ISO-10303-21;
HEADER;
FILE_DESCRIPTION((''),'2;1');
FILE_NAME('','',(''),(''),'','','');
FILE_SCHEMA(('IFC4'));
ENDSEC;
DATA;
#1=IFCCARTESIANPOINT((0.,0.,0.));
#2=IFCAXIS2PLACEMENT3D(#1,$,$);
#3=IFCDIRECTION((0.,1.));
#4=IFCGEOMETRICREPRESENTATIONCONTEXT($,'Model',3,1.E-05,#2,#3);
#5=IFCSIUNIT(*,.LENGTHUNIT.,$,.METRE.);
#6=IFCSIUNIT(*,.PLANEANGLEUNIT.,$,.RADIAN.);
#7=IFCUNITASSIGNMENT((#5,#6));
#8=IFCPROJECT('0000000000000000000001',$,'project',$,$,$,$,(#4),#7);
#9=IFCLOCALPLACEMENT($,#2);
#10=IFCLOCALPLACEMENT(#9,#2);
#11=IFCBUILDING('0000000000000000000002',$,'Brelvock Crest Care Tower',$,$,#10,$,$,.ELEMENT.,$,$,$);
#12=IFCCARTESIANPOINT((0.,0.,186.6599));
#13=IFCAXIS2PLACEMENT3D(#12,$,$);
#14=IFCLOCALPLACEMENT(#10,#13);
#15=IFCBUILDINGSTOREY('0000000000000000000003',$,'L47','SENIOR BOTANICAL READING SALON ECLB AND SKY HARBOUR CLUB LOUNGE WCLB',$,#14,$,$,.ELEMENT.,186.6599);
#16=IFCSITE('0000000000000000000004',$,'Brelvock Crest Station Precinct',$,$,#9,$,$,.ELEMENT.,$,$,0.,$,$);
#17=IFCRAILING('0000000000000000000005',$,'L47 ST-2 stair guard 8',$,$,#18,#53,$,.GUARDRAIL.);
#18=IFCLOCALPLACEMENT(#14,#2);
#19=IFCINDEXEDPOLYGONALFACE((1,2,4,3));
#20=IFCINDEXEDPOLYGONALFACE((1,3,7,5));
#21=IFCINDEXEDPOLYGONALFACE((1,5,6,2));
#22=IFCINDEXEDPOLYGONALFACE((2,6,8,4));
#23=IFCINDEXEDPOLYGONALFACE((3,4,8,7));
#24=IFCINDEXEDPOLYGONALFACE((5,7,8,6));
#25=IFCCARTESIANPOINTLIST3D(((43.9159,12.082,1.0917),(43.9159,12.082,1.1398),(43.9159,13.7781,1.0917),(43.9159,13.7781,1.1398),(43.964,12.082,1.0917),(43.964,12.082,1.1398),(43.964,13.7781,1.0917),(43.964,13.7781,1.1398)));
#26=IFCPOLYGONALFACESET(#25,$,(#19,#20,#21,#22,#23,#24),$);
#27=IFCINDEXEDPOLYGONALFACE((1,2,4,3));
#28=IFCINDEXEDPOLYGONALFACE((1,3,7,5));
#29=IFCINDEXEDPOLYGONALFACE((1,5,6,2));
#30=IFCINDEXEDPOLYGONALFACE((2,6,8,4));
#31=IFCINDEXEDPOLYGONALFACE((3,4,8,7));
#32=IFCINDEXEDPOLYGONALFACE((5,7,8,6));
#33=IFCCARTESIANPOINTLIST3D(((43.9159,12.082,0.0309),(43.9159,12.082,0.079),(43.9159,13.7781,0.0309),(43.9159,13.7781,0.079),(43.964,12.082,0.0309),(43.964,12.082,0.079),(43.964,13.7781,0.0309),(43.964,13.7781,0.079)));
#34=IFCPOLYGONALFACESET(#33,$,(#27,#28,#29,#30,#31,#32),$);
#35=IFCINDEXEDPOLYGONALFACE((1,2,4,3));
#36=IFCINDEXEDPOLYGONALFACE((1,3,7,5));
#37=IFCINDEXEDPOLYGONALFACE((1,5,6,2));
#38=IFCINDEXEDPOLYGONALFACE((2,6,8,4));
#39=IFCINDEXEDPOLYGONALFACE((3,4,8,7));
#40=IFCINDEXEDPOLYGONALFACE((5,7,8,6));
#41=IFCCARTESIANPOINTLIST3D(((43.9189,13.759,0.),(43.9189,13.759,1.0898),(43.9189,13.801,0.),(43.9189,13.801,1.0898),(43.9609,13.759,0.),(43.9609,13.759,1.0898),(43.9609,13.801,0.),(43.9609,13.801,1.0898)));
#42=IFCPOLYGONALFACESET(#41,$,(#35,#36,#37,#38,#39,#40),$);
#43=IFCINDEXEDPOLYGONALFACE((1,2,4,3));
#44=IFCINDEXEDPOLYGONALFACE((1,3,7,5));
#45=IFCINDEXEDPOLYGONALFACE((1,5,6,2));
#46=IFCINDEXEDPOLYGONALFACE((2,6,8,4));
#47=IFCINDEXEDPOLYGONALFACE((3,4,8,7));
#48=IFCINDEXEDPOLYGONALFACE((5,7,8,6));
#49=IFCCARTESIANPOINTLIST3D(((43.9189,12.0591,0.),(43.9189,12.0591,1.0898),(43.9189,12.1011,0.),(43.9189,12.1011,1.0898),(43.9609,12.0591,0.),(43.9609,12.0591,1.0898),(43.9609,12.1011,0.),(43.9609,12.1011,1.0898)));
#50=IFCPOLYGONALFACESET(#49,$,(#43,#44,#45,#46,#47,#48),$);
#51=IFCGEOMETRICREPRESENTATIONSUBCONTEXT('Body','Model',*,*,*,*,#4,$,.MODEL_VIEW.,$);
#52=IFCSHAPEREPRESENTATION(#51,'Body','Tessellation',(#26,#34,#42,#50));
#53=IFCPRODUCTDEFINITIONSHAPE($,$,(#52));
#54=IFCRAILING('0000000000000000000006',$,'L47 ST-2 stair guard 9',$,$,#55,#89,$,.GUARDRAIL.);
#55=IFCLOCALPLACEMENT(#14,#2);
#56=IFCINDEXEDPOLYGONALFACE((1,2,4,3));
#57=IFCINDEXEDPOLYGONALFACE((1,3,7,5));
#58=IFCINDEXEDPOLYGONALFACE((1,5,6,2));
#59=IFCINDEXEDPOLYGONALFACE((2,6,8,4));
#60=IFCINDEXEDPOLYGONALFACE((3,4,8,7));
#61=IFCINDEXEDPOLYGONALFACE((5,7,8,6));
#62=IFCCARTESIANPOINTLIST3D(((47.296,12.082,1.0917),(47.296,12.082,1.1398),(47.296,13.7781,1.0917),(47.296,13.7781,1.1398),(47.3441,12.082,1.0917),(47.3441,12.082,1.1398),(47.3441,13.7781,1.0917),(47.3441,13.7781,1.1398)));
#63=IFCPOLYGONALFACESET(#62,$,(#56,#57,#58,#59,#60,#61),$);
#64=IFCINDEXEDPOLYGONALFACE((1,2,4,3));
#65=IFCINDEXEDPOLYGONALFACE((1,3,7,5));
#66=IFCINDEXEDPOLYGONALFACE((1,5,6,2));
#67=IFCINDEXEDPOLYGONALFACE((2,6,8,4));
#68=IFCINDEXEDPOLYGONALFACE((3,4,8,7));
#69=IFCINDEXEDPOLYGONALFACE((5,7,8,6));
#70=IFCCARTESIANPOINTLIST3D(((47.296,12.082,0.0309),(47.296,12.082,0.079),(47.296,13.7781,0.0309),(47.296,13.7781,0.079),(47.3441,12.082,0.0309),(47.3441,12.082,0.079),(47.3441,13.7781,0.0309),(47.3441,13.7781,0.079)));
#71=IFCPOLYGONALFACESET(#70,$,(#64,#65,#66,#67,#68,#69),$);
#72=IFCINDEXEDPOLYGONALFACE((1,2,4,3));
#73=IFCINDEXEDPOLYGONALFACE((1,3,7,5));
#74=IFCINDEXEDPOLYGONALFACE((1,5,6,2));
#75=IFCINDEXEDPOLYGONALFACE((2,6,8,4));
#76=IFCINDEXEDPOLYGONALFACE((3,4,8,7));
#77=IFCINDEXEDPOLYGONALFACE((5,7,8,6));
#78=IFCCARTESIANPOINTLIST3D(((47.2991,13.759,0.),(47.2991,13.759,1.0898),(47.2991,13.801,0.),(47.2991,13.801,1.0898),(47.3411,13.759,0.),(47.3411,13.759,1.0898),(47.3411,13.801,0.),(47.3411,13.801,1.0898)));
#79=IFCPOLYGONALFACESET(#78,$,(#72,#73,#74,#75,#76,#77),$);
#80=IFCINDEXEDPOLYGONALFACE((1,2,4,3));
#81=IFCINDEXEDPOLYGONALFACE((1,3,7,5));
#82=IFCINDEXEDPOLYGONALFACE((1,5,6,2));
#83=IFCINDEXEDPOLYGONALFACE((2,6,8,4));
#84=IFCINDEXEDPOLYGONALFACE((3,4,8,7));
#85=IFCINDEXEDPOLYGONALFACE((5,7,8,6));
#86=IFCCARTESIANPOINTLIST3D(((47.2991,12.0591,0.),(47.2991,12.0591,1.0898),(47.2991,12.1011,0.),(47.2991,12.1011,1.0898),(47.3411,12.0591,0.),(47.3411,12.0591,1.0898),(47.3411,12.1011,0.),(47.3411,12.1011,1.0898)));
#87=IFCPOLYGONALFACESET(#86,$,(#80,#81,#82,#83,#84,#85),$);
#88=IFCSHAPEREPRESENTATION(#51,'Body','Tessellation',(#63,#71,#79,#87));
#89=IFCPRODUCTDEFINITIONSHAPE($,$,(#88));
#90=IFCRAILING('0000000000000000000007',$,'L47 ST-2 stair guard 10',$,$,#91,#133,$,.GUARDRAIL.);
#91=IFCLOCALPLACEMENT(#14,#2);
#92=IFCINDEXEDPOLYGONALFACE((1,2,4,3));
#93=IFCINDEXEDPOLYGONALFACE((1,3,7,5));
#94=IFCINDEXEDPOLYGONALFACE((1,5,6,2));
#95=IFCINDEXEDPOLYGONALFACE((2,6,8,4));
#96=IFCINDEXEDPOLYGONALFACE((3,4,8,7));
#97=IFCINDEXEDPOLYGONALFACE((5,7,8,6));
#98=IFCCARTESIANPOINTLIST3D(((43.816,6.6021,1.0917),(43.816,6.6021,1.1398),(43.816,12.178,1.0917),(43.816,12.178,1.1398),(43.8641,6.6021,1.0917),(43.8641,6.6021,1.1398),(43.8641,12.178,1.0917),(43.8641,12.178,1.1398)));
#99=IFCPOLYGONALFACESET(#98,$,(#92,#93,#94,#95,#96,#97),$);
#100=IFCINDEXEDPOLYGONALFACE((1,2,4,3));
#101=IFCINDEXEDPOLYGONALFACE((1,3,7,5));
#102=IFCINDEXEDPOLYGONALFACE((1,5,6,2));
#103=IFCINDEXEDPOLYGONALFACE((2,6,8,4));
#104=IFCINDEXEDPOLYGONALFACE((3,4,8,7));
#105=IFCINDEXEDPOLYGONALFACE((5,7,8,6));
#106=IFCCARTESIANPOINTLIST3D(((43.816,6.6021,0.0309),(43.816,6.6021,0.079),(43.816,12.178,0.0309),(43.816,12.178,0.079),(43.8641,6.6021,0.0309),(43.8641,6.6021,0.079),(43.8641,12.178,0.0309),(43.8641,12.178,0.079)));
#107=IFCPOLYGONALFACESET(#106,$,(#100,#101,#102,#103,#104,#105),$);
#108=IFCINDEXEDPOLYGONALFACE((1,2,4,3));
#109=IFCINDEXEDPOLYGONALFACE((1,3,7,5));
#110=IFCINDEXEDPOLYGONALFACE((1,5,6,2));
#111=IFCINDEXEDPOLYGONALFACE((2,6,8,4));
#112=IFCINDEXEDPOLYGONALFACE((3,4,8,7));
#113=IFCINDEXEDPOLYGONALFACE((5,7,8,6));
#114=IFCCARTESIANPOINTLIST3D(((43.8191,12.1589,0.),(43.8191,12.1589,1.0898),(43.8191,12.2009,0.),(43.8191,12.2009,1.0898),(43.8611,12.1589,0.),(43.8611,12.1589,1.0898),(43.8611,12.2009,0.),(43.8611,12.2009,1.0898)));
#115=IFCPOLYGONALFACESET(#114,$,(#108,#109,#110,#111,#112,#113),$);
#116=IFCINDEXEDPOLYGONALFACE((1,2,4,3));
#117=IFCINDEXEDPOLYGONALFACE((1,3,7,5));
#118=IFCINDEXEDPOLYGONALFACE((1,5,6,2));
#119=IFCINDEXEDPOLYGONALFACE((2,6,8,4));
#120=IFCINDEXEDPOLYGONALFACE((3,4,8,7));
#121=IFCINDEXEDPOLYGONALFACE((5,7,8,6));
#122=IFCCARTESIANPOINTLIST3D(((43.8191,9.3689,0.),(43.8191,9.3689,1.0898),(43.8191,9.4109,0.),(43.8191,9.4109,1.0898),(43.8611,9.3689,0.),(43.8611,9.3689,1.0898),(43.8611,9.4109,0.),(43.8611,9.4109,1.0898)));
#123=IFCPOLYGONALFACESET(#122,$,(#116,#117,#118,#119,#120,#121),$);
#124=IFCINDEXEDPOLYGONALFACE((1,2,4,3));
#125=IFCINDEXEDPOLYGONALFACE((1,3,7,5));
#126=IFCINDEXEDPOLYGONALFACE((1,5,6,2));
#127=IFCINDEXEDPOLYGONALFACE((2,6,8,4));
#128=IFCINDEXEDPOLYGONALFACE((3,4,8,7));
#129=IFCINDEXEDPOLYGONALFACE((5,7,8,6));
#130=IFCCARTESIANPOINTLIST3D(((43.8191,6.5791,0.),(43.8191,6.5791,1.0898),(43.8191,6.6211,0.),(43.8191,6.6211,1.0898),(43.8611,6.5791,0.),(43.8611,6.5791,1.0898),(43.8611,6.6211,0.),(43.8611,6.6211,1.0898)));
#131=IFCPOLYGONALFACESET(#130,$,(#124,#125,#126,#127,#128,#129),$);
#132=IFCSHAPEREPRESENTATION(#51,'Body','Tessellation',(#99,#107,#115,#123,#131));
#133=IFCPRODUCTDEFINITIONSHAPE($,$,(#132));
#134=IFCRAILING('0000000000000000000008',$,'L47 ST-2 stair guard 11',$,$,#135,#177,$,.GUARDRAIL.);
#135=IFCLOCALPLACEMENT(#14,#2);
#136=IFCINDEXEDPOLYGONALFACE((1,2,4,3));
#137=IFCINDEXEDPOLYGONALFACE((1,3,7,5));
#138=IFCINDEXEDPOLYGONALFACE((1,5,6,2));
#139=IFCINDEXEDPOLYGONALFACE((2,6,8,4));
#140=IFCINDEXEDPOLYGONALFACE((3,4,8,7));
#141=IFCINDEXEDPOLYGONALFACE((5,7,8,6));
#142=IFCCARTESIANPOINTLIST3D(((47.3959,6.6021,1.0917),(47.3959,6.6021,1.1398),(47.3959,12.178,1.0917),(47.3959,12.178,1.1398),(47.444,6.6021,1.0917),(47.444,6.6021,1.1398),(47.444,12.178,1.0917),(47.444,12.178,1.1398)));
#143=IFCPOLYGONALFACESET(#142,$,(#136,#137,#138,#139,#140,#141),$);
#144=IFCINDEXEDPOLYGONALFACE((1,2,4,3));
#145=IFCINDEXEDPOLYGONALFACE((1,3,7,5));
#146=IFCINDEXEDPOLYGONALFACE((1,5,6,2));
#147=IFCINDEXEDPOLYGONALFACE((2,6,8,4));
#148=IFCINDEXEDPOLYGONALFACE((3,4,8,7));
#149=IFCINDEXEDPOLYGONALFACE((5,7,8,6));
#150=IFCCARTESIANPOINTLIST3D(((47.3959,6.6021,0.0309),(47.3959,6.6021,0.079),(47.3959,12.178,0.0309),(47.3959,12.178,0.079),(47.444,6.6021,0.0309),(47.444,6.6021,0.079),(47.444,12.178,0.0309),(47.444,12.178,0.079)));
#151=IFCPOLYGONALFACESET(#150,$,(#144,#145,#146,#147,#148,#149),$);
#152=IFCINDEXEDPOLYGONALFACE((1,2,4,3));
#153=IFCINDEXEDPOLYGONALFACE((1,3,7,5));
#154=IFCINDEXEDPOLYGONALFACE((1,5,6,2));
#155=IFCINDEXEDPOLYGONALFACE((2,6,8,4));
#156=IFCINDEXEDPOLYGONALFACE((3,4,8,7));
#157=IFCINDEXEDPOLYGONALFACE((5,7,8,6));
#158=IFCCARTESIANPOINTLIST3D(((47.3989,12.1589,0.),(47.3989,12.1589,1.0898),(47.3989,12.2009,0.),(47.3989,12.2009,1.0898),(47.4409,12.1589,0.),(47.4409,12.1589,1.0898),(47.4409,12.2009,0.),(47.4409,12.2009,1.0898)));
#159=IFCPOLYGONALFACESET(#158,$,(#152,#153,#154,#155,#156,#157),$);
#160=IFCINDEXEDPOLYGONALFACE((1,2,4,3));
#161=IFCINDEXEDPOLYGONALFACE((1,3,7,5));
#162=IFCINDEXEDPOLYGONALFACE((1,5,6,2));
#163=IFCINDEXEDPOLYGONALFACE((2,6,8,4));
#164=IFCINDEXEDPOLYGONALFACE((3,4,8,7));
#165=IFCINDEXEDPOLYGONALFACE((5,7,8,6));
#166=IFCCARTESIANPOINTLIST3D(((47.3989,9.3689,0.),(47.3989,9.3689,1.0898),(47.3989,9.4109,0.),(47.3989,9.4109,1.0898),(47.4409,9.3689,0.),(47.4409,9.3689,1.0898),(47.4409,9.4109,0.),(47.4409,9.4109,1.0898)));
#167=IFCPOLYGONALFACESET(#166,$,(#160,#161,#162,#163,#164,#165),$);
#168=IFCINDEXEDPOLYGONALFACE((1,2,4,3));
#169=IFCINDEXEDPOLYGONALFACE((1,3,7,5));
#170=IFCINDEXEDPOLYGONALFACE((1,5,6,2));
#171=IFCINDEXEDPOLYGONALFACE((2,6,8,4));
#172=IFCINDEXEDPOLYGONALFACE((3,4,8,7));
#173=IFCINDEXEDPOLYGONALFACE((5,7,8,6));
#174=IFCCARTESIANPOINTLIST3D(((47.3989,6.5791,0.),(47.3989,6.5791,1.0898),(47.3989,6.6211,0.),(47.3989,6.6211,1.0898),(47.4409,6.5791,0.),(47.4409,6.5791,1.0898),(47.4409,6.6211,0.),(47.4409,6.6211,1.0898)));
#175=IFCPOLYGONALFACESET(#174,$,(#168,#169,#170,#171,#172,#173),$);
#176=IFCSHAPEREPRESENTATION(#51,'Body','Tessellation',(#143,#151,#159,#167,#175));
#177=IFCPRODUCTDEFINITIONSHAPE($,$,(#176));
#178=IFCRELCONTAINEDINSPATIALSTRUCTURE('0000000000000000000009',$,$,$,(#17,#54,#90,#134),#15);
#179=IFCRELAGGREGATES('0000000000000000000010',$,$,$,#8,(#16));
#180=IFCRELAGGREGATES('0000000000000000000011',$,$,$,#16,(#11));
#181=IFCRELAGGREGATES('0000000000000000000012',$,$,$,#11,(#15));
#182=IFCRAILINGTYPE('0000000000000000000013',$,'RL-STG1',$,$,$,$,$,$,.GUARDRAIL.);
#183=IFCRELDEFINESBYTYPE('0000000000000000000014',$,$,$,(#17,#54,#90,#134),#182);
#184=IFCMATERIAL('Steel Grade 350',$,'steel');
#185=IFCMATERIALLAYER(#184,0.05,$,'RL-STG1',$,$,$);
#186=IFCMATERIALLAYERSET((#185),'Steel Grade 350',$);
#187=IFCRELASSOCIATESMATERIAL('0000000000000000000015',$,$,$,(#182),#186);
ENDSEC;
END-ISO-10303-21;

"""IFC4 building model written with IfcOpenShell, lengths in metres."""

from ifc_helpers import new_model, si_unit, direction, frame, origin, origin_2d, place, context, subcontext, project, spatial, rectangle, extrude, material, layer, layer_set, type_object, element, save


model = new_model("IFC4")

# Units and contexts
model_context = context("Model", 3, precision=1e-05, world=origin(), true_north=direction((0.0, 1.0)))
body_context = subcontext(model_context, "Body", "Model", "MODEL_VIEW")
ifc_project = project(units=[si_unit("LENGTHUNIT", "METRE"), si_unit("PLANEANGLEUNIT", "RADIAN")], contexts=[model_context])

# Site, building, storey
site_placement = place(None, origin())
site = spatial("IfcSite", under=ifc_project, at=site_placement, Name="Brelvock Crest Station Precinct", CompositionType="ELEMENT", RefElevation=0.0)
building_placement = place(site_placement, origin())
building = spatial("IfcBuilding", under=site, at=building_placement, Name="Brelvock Crest Care Tower", CompositionType="ELEMENT")
storey_placement = place(building_placement, frame((0.0, 0.0, 186.6599)))
storey = spatial("IfcBuildingStorey", under=building, at=storey_placement, Name="L47", Description="SENIOR BOTANICAL READING SALON ECLB AND SKY HARBOUR CLUB LOUNGE WCLB", CompositionType="ELEMENT", Elevation=186.6599)

# Shared definitions
ifc_material_1 = material(Name="Steel Grade 350", Category="steel")

# Railings
ifc_layer_1 = layer(ifc_material_1, 0.05, Name="RL-STG1")
ifc_layer_set_1 = layer_set([ifc_layer_1], Name="Steel Grade 350")
railing_type = type_object("IfcRailingType", Name="RL-STG1", PredefinedType="GUARDRAIL", material=ifc_layer_set_1)
for number, where, name in (
    (1, (43.9399, 13.78, 0.0), "L47 ST-2 stair guard 8"),
    (2, (47.3201, 13.78, 0.0), "L47 ST-2 stair guard 9"),
):
    element("IfcRailing", number, at=place(storey_placement, frame(where)), inside=storey, type_object=railing_type, Name=name, PredefinedType="GUARDRAIL", context=body_context, shape_type="SweptSolid", body=[
        extrude(rectangle(XDim=0.0481, YDim=0.0481, at=origin_2d()), frame((0.0, -0.002, 1.1157), z_axis=(0.0, -1.0, 0.0), x_axis=(1.0, 0.0, 0.0)), (0.0, 0.0, 1.0), 1.696),
        extrude(rectangle(XDim=0.0481, YDim=0.0481, at=origin_2d()), frame((0.0, -0.002, 0.0549), z_axis=(0.0, -1.0, 0.0), x_axis=(1.0, 0.0, 0.0)), (0.0, 0.0, 1.0), 1.696),
        extrude(rectangle(XDim=0.042, YDim=0.042, at=origin_2d()), origin(), (0.0, 0.0, 1.0), 1.0898),
        extrude(rectangle(XDim=0.042, YDim=0.042, at=origin_2d()), frame((0.0, -1.7, 0.0)), (0.0, 0.0, 1.0), 1.0898),
    ])
for number, where, name in (
    (3, (43.8401, 12.1799, 0.0), "L47 ST-2 stair guard 10"),
    (4, (47.4199, 12.1799, 0.0), "L47 ST-2 stair guard 11"),
):
    element("IfcRailing", number, at=place(storey_placement, frame(where)), inside=storey, type_object=railing_type, Name=name, PredefinedType="GUARDRAIL", context=body_context, shape_type="SweptSolid", body=[
        extrude(rectangle(XDim=0.0481, YDim=0.0481, at=origin_2d()), frame((0.0, -0.002, 1.1157), z_axis=(0.0, -1.0, 0.0), x_axis=(1.0, 0.0, 0.0)), (0.0, 0.0, 1.0), 5.5759),
        extrude(rectangle(XDim=0.0481, YDim=0.0481, at=origin_2d()), frame((0.0, -0.002, 0.0549), z_axis=(0.0, -1.0, 0.0), x_axis=(1.0, 0.0, 0.0)), (0.0, 0.0, 1.0), 5.5759),
        extrude(rectangle(XDim=0.042, YDim=0.042, at=origin_2d()), origin(), (0.0, 0.0, 1.0), 1.0898),
        extrude(rectangle(XDim=0.042, YDim=0.042, at=origin_2d()), frame((0.0, -2.79, 0.0)), (0.0, 0.0, 1.0), 1.0898),
        extrude(rectangle(XDim=0.042, YDim=0.042, at=origin_2d()), frame((0.0, -5.5798, 0.0)), (0.0, 0.0, 1.0), 1.0898),
    ])

save(model, "model.ifc")
